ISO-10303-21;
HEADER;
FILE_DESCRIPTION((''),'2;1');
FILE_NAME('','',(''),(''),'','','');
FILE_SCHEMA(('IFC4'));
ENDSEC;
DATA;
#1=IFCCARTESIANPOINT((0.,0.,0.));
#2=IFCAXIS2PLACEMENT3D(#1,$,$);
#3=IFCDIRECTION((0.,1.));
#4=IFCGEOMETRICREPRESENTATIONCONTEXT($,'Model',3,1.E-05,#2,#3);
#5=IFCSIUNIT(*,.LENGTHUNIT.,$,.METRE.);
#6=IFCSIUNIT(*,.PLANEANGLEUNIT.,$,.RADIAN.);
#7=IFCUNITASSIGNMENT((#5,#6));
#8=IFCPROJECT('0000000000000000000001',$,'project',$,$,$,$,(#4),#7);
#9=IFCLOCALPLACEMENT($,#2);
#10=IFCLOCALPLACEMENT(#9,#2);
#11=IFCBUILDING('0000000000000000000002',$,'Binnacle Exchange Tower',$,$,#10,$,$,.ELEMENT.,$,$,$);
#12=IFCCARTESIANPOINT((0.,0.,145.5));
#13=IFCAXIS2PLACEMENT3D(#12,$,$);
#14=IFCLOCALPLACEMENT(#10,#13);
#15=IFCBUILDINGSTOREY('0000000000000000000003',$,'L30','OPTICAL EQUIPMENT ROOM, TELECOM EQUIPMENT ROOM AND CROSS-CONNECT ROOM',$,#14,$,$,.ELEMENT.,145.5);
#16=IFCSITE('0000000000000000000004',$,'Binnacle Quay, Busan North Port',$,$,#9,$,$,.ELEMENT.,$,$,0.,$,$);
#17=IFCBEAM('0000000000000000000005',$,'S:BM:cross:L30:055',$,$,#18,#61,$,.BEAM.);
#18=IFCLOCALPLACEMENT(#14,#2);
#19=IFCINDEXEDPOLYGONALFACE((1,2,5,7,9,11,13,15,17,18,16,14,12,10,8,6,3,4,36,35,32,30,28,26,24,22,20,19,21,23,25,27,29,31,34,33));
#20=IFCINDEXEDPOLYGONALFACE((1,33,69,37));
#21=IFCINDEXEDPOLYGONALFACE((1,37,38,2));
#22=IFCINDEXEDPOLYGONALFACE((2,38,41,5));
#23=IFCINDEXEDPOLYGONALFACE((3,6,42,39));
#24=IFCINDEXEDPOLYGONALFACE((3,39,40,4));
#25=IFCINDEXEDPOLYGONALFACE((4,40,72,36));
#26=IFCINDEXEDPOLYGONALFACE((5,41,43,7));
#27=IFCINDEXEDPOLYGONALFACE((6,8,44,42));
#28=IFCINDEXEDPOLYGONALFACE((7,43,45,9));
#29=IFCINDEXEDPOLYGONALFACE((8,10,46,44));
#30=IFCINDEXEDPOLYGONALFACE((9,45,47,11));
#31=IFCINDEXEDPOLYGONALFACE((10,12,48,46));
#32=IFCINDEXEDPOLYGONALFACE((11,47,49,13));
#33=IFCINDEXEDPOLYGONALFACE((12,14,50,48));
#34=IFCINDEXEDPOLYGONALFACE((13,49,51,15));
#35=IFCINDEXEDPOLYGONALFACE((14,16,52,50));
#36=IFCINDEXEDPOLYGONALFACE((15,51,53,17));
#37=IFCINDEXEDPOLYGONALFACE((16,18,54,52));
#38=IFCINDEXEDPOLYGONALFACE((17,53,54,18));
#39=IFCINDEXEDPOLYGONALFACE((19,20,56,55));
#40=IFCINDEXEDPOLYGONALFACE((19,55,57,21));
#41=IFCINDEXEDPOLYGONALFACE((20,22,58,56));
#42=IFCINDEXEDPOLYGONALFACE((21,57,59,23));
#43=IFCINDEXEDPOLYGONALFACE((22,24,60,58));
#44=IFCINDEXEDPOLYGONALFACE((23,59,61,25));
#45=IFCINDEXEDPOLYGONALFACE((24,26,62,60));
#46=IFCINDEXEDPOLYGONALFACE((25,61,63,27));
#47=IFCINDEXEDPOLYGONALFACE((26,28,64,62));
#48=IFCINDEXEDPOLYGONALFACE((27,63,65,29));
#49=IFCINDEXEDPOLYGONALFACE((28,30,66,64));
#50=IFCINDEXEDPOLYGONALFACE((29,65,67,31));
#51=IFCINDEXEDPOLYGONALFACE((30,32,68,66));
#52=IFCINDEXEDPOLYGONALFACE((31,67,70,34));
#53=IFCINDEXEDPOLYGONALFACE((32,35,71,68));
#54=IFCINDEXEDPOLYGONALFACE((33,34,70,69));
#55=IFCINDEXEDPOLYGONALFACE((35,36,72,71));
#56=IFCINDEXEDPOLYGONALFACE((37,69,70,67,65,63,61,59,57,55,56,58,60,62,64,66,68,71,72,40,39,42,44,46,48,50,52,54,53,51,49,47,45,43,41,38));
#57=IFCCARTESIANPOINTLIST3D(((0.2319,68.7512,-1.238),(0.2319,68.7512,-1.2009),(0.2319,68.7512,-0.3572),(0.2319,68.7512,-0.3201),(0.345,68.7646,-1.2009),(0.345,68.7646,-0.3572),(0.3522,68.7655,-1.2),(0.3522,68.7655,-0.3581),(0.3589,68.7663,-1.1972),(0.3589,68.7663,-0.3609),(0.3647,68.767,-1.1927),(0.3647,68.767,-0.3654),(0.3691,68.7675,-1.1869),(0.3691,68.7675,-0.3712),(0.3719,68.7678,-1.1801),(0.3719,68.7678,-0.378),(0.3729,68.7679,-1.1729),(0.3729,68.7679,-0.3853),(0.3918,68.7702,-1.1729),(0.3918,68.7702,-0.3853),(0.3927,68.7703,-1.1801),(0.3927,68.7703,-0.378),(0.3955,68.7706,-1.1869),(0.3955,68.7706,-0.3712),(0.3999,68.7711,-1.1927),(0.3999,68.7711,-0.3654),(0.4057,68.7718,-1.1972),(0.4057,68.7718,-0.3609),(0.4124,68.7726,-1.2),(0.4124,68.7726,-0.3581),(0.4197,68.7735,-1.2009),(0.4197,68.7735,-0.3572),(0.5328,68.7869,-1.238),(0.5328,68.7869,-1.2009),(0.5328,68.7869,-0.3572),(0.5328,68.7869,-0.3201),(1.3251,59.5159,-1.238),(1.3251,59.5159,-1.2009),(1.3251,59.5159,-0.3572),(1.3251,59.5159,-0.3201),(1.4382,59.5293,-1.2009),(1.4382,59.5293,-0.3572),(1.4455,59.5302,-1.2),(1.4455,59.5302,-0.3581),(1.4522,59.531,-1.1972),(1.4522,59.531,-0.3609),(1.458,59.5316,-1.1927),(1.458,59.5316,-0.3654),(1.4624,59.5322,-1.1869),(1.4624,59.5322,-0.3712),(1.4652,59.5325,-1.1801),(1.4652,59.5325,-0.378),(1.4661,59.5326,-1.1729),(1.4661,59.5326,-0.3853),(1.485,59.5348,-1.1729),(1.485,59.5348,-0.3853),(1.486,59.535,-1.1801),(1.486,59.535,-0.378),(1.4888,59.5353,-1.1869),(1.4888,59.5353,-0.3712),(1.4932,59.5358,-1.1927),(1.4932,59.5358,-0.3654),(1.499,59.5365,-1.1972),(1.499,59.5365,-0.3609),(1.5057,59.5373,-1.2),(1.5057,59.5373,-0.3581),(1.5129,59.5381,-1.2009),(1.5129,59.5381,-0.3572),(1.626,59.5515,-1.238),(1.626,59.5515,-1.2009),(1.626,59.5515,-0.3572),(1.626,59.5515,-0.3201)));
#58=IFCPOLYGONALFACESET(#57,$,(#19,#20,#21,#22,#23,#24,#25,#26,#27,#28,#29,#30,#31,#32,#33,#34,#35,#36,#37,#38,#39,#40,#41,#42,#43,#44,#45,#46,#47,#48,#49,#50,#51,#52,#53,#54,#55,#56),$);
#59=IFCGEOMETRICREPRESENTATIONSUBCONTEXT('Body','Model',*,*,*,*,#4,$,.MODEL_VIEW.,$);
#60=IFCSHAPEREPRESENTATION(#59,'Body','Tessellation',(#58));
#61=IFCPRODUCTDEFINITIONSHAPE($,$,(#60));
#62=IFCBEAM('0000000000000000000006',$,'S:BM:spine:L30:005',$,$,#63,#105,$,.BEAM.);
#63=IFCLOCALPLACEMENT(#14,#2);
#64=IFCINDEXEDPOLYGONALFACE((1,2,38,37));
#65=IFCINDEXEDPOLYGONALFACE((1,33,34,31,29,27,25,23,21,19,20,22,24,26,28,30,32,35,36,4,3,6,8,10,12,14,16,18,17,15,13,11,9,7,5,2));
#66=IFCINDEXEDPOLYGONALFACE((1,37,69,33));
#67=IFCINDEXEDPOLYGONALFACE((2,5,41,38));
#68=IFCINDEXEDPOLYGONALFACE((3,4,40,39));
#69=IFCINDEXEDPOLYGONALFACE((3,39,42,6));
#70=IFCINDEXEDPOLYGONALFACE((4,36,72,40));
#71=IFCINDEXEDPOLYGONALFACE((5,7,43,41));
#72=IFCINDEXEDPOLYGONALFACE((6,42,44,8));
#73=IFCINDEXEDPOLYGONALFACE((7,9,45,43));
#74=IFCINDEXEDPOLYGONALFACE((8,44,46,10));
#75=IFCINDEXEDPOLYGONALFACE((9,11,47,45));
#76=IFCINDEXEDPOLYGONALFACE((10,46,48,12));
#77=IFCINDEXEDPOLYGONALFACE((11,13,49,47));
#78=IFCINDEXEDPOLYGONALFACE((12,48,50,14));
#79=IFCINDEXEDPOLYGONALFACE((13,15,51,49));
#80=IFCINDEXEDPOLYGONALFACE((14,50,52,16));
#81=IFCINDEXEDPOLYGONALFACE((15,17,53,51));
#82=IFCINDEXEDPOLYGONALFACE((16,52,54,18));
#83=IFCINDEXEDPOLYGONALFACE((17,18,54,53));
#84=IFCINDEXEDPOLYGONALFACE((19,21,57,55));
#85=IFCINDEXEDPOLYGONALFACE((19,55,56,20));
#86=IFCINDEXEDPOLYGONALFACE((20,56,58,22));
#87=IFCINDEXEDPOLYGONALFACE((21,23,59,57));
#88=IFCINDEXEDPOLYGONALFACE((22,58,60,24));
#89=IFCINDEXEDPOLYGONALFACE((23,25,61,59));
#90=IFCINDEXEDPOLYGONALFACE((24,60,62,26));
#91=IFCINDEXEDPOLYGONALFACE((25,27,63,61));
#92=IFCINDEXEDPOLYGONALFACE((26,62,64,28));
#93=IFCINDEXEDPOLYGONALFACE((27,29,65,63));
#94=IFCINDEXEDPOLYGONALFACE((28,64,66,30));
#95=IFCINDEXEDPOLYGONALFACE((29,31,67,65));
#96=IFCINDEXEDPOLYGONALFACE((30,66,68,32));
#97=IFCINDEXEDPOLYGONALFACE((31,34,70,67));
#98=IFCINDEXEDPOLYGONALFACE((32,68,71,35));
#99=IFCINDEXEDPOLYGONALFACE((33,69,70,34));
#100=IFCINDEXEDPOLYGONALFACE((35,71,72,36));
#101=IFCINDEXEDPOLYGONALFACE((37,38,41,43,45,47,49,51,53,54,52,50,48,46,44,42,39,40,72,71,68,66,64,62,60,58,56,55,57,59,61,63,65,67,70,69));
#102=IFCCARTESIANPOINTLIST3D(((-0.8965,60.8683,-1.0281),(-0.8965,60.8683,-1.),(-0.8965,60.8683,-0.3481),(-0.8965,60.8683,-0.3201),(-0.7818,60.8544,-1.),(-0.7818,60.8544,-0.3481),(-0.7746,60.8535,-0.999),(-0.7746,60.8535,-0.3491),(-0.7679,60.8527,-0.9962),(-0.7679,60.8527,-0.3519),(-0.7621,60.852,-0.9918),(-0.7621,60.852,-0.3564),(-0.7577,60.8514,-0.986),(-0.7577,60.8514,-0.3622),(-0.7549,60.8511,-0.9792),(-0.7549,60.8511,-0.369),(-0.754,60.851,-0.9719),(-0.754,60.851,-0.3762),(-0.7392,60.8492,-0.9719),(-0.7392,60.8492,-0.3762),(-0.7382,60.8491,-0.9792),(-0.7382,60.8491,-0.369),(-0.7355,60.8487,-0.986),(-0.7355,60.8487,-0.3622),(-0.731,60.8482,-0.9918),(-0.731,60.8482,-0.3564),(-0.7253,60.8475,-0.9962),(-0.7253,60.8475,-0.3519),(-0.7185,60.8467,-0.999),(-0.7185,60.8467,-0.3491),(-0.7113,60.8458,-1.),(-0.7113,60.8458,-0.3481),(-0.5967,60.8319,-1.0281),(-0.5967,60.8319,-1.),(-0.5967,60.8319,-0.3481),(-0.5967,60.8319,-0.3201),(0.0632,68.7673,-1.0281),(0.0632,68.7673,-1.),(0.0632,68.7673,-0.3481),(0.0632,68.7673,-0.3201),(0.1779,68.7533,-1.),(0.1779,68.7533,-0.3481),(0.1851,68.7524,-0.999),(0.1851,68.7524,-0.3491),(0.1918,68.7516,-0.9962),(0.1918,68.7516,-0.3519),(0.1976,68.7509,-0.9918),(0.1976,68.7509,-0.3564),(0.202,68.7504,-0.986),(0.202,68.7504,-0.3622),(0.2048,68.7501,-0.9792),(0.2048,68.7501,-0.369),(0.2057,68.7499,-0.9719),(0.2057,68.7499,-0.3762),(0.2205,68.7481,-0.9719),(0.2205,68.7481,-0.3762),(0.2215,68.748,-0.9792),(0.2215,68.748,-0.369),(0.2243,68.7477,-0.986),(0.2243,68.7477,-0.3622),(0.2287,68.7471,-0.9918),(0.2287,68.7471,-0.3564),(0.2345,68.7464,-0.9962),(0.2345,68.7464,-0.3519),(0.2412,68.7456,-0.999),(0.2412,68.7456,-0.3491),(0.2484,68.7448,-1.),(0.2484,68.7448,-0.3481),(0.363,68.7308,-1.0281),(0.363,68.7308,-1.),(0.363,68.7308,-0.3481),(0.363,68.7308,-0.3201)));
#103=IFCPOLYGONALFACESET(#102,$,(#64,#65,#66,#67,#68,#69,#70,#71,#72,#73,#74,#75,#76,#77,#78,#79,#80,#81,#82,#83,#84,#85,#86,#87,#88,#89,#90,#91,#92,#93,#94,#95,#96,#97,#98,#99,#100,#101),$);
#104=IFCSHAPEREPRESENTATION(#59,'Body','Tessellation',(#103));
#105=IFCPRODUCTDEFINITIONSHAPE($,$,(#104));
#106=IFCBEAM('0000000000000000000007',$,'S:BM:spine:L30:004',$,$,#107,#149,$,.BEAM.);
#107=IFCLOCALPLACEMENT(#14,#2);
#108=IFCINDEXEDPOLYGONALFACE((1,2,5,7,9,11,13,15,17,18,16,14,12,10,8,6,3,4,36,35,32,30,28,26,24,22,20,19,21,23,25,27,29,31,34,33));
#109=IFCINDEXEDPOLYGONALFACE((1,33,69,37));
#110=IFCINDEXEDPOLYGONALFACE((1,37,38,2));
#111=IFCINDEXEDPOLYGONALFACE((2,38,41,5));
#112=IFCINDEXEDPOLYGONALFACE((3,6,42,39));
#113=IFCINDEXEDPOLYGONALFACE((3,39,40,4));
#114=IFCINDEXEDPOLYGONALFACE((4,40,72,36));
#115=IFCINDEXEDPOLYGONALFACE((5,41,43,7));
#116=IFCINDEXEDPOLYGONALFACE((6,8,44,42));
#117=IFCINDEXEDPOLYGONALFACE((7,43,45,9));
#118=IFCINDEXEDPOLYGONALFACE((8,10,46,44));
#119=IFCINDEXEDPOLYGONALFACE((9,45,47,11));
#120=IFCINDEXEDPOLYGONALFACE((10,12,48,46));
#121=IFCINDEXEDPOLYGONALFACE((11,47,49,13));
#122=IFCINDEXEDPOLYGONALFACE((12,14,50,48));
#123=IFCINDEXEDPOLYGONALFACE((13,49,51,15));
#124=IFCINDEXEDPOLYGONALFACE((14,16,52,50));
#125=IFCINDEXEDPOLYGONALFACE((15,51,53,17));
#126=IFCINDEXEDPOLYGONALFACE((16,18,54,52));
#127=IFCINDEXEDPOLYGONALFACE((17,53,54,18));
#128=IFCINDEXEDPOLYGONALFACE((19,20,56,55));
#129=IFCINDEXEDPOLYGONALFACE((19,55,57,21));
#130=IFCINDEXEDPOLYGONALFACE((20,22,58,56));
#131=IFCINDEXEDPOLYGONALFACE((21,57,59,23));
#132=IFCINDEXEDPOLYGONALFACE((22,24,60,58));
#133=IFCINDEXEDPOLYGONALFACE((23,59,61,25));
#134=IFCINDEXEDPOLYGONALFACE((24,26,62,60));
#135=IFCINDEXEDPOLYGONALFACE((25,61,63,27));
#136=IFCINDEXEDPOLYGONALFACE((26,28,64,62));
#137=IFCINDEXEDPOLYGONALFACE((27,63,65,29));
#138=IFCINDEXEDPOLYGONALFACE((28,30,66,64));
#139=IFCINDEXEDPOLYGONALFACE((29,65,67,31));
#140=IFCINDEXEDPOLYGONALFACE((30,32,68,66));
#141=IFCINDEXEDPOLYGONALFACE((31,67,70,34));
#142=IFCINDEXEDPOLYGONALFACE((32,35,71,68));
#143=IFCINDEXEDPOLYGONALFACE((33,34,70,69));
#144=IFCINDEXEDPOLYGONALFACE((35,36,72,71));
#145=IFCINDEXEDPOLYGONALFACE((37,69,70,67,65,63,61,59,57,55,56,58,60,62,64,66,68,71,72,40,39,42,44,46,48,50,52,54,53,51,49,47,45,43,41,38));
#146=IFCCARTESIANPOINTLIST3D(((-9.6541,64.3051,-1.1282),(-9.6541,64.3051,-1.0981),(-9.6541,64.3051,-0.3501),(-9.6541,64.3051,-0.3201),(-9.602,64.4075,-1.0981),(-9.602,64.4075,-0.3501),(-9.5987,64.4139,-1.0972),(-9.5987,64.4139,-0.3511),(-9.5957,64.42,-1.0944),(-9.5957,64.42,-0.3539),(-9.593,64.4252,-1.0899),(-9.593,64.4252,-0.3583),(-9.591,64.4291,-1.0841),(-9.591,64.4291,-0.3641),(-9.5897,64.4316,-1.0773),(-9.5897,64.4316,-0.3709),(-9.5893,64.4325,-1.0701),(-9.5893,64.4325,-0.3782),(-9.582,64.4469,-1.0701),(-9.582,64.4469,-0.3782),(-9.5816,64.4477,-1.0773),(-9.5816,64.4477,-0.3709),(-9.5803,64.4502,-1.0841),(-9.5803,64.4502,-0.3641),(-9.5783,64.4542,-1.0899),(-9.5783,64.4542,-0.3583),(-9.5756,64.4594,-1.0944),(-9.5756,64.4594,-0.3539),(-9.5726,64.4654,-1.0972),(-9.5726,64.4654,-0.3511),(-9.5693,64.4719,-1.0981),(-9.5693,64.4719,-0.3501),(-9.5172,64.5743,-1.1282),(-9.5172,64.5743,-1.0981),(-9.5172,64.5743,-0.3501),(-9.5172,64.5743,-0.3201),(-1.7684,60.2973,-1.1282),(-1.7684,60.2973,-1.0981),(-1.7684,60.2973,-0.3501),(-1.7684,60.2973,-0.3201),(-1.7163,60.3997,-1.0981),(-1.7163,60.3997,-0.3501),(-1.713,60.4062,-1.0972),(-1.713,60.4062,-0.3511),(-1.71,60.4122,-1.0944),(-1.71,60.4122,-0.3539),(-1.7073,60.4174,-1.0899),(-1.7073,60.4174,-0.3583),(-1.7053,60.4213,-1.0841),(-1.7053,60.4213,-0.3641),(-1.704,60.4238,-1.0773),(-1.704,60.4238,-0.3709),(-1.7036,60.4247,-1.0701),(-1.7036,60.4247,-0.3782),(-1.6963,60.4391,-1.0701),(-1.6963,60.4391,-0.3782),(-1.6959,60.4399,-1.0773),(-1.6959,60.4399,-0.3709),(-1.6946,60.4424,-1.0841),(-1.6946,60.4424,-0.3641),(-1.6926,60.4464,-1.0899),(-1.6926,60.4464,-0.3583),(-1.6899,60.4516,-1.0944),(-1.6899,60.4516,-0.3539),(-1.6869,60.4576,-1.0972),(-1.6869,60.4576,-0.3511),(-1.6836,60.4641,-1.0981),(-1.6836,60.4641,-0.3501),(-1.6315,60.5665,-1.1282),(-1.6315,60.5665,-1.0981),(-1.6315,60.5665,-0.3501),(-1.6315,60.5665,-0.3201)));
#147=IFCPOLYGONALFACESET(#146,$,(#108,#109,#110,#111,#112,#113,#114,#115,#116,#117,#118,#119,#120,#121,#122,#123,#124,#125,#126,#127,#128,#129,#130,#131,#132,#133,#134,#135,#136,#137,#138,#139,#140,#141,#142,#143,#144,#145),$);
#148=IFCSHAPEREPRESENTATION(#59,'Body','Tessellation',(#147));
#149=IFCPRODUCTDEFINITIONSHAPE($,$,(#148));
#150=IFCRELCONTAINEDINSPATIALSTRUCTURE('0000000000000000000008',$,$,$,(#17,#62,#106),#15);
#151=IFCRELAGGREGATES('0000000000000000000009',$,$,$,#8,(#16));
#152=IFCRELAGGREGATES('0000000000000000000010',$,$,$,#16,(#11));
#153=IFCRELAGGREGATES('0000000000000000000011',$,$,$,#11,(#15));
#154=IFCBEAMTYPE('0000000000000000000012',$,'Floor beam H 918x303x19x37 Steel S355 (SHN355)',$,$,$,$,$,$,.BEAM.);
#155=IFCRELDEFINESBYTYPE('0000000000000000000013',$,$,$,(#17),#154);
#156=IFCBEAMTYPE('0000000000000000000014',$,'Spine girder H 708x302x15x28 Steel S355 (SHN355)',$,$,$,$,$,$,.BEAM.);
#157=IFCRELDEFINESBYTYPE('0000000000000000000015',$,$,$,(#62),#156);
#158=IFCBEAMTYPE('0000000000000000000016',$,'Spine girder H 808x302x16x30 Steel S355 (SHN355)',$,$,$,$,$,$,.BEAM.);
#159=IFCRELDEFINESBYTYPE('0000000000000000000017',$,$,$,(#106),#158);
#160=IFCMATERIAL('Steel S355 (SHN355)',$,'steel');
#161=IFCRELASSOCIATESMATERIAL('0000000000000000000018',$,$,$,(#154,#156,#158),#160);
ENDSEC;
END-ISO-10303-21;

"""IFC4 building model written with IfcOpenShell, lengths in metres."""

from ifc_helpers import new_model, si_unit, direction, frame, origin, origin_2d, place, context, subcontext, project, spatial, i_section, extrude, material, material_profile, profile_set, type_object, element, save


model = new_model("IFC4")

# Units and contexts
model_context = context("Model", 3, precision=1e-05, world=origin(), true_north=direction((0.0, 1.0)))
body_context = subcontext(model_context, "Body", "Model", "MODEL_VIEW")
ifc_project = project(units=[si_unit("LENGTHUNIT", "METRE"), si_unit("PLANEANGLEUNIT", "RADIAN")], contexts=[model_context])

# Site, building, storey
site_placement = place(None, origin())
site = spatial("IfcSite", under=ifc_project, at=site_placement, Name="Binnacle Quay, Busan North Port", CompositionType="ELEMENT", RefElevation=0.0)
building_placement = place(site_placement, origin())
building = spatial("IfcBuilding", under=site, at=building_placement, Name="Binnacle Exchange Tower", CompositionType="ELEMENT")
storey_placement = place(building_placement, frame((0.0, 0.0, 145.5)))
storey = spatial("IfcBuildingStorey", under=building, at=storey_placement, Name="L30", Description="OPTICAL EQUIPMENT ROOM, TELECOM EQUIPMENT ROOM AND CROSS-CONNECT ROOM", CompositionType="ELEMENT", Elevation=145.5)

# Beams
ifc_material_1 = material(Name="Steel S355 (SHN355)", Category="steel")
ifc_material_profile_1 = material_profile(ifc_material_1, i_section(OverallWidth=0.303, OverallDepth=0.918, WebThickness=0.019, FlangeThickness=0.0371, FilletRadius=0.0281, at=origin_2d()), Name="H 918x303x19x37")
ifc_profile_set_1 = profile_set([ifc_material_profile_1], Name="Steel S355 (SHN355)")
beam_type_1 = type_object("IfcBeamType", Name="Floor beam H 918x303x19x37 Steel S355 (SHN355)", PredefinedType="BEAM", material=ifc_profile_set_1)
beam_1_placement = place(storey_placement, frame((0.3823, 68.769, -0.7791), z_axis=(0.117557, -0.993066, 0.0), x_axis=(0.993066, 0.117557, 0.0)))
element("IfcBeam", 1, at=beam_1_placement, inside=storey, type_object=beam_type_1, Name="S:BM:cross:L30:055", PredefinedType="BEAM", context=body_context, shape_type="SweptSolid", body=[
    extrude(i_section(OverallWidth=0.303, OverallDepth=0.918, WebThickness=0.019, FlangeThickness=0.0371, FilletRadius=0.0281, at=origin_2d()), origin(), (0.0, 0.0, 1.0), 9.2998),
])
ifc_material_profile_2 = material_profile(ifc_material_1, i_section(OverallWidth=0.302, OverallDepth=0.708, WebThickness=0.0149, FlangeThickness=0.0281, FilletRadius=0.0281, at=origin_2d()), Name="H 708x302x15x28")
ifc_profile_set_2 = profile_set([ifc_material_profile_2], Name="Steel S355 (SHN355)")
beam_type_2 = type_object("IfcBeamType", Name="Spine girder H 708x302x15x28 Steel S355 (SHN355)", PredefinedType="BEAM", material=ifc_profile_set_2)
beam_2_placement = place(storey_placement, frame((-0.7466, 60.8501, -0.6741), z_axis=(0.120613, 0.9927, 0.0), x_axis=(-0.9927, 0.120613, 0.0)))
element("IfcBeam", 2, at=beam_2_placement, inside=storey, type_object=beam_type_2, Name="S:BM:spine:L30:005", PredefinedType="BEAM", context=body_context, shape_type="SweptSolid", body=[
    extrude(i_section(OverallWidth=0.302, OverallDepth=0.708, WebThickness=0.0149, FlangeThickness=0.0281, FilletRadius=0.0281, at=origin_2d()), origin(), (0.0, 0.0, 1.0), 7.957),
])
ifc_material_profile_3 = material_profile(ifc_material_1, i_section(OverallWidth=0.302, OverallDepth=0.8081, WebThickness=0.0161, FlangeThickness=0.03, FilletRadius=0.0281, at=origin_2d()), Name="H 808x302x16x30")
ifc_profile_set_3 = profile_set([ifc_material_profile_3], Name="Steel S355 (SHN355)")
beam_type_3 = type_object("IfcBeamType", Name="Spine girder H 808x302x16x30 Steel S355 (SHN355)", PredefinedType="BEAM", material=ifc_profile_set_3)
beam_3_placement = place(storey_placement, frame((-1.7, 60.4319, -0.7241), z_axis=(-0.891471, 0.453077, 0.0), x_axis=(-0.453077, -0.891471, 0.0)))
element("IfcBeam", 3, at=beam_3_placement, inside=storey, type_object=beam_type_3, Name="S:BM:spine:L30:004", PredefinedType="BEAM", context=body_context, shape_type="SweptSolid", body=[
    extrude(i_section(OverallWidth=0.302, OverallDepth=0.8081, WebThickness=0.0161, FlangeThickness=0.03, FilletRadius=0.0281, at=origin_2d()), origin(), (0.0, 0.0, 1.0), 8.8457),
])

save(model, "model.ifc")
